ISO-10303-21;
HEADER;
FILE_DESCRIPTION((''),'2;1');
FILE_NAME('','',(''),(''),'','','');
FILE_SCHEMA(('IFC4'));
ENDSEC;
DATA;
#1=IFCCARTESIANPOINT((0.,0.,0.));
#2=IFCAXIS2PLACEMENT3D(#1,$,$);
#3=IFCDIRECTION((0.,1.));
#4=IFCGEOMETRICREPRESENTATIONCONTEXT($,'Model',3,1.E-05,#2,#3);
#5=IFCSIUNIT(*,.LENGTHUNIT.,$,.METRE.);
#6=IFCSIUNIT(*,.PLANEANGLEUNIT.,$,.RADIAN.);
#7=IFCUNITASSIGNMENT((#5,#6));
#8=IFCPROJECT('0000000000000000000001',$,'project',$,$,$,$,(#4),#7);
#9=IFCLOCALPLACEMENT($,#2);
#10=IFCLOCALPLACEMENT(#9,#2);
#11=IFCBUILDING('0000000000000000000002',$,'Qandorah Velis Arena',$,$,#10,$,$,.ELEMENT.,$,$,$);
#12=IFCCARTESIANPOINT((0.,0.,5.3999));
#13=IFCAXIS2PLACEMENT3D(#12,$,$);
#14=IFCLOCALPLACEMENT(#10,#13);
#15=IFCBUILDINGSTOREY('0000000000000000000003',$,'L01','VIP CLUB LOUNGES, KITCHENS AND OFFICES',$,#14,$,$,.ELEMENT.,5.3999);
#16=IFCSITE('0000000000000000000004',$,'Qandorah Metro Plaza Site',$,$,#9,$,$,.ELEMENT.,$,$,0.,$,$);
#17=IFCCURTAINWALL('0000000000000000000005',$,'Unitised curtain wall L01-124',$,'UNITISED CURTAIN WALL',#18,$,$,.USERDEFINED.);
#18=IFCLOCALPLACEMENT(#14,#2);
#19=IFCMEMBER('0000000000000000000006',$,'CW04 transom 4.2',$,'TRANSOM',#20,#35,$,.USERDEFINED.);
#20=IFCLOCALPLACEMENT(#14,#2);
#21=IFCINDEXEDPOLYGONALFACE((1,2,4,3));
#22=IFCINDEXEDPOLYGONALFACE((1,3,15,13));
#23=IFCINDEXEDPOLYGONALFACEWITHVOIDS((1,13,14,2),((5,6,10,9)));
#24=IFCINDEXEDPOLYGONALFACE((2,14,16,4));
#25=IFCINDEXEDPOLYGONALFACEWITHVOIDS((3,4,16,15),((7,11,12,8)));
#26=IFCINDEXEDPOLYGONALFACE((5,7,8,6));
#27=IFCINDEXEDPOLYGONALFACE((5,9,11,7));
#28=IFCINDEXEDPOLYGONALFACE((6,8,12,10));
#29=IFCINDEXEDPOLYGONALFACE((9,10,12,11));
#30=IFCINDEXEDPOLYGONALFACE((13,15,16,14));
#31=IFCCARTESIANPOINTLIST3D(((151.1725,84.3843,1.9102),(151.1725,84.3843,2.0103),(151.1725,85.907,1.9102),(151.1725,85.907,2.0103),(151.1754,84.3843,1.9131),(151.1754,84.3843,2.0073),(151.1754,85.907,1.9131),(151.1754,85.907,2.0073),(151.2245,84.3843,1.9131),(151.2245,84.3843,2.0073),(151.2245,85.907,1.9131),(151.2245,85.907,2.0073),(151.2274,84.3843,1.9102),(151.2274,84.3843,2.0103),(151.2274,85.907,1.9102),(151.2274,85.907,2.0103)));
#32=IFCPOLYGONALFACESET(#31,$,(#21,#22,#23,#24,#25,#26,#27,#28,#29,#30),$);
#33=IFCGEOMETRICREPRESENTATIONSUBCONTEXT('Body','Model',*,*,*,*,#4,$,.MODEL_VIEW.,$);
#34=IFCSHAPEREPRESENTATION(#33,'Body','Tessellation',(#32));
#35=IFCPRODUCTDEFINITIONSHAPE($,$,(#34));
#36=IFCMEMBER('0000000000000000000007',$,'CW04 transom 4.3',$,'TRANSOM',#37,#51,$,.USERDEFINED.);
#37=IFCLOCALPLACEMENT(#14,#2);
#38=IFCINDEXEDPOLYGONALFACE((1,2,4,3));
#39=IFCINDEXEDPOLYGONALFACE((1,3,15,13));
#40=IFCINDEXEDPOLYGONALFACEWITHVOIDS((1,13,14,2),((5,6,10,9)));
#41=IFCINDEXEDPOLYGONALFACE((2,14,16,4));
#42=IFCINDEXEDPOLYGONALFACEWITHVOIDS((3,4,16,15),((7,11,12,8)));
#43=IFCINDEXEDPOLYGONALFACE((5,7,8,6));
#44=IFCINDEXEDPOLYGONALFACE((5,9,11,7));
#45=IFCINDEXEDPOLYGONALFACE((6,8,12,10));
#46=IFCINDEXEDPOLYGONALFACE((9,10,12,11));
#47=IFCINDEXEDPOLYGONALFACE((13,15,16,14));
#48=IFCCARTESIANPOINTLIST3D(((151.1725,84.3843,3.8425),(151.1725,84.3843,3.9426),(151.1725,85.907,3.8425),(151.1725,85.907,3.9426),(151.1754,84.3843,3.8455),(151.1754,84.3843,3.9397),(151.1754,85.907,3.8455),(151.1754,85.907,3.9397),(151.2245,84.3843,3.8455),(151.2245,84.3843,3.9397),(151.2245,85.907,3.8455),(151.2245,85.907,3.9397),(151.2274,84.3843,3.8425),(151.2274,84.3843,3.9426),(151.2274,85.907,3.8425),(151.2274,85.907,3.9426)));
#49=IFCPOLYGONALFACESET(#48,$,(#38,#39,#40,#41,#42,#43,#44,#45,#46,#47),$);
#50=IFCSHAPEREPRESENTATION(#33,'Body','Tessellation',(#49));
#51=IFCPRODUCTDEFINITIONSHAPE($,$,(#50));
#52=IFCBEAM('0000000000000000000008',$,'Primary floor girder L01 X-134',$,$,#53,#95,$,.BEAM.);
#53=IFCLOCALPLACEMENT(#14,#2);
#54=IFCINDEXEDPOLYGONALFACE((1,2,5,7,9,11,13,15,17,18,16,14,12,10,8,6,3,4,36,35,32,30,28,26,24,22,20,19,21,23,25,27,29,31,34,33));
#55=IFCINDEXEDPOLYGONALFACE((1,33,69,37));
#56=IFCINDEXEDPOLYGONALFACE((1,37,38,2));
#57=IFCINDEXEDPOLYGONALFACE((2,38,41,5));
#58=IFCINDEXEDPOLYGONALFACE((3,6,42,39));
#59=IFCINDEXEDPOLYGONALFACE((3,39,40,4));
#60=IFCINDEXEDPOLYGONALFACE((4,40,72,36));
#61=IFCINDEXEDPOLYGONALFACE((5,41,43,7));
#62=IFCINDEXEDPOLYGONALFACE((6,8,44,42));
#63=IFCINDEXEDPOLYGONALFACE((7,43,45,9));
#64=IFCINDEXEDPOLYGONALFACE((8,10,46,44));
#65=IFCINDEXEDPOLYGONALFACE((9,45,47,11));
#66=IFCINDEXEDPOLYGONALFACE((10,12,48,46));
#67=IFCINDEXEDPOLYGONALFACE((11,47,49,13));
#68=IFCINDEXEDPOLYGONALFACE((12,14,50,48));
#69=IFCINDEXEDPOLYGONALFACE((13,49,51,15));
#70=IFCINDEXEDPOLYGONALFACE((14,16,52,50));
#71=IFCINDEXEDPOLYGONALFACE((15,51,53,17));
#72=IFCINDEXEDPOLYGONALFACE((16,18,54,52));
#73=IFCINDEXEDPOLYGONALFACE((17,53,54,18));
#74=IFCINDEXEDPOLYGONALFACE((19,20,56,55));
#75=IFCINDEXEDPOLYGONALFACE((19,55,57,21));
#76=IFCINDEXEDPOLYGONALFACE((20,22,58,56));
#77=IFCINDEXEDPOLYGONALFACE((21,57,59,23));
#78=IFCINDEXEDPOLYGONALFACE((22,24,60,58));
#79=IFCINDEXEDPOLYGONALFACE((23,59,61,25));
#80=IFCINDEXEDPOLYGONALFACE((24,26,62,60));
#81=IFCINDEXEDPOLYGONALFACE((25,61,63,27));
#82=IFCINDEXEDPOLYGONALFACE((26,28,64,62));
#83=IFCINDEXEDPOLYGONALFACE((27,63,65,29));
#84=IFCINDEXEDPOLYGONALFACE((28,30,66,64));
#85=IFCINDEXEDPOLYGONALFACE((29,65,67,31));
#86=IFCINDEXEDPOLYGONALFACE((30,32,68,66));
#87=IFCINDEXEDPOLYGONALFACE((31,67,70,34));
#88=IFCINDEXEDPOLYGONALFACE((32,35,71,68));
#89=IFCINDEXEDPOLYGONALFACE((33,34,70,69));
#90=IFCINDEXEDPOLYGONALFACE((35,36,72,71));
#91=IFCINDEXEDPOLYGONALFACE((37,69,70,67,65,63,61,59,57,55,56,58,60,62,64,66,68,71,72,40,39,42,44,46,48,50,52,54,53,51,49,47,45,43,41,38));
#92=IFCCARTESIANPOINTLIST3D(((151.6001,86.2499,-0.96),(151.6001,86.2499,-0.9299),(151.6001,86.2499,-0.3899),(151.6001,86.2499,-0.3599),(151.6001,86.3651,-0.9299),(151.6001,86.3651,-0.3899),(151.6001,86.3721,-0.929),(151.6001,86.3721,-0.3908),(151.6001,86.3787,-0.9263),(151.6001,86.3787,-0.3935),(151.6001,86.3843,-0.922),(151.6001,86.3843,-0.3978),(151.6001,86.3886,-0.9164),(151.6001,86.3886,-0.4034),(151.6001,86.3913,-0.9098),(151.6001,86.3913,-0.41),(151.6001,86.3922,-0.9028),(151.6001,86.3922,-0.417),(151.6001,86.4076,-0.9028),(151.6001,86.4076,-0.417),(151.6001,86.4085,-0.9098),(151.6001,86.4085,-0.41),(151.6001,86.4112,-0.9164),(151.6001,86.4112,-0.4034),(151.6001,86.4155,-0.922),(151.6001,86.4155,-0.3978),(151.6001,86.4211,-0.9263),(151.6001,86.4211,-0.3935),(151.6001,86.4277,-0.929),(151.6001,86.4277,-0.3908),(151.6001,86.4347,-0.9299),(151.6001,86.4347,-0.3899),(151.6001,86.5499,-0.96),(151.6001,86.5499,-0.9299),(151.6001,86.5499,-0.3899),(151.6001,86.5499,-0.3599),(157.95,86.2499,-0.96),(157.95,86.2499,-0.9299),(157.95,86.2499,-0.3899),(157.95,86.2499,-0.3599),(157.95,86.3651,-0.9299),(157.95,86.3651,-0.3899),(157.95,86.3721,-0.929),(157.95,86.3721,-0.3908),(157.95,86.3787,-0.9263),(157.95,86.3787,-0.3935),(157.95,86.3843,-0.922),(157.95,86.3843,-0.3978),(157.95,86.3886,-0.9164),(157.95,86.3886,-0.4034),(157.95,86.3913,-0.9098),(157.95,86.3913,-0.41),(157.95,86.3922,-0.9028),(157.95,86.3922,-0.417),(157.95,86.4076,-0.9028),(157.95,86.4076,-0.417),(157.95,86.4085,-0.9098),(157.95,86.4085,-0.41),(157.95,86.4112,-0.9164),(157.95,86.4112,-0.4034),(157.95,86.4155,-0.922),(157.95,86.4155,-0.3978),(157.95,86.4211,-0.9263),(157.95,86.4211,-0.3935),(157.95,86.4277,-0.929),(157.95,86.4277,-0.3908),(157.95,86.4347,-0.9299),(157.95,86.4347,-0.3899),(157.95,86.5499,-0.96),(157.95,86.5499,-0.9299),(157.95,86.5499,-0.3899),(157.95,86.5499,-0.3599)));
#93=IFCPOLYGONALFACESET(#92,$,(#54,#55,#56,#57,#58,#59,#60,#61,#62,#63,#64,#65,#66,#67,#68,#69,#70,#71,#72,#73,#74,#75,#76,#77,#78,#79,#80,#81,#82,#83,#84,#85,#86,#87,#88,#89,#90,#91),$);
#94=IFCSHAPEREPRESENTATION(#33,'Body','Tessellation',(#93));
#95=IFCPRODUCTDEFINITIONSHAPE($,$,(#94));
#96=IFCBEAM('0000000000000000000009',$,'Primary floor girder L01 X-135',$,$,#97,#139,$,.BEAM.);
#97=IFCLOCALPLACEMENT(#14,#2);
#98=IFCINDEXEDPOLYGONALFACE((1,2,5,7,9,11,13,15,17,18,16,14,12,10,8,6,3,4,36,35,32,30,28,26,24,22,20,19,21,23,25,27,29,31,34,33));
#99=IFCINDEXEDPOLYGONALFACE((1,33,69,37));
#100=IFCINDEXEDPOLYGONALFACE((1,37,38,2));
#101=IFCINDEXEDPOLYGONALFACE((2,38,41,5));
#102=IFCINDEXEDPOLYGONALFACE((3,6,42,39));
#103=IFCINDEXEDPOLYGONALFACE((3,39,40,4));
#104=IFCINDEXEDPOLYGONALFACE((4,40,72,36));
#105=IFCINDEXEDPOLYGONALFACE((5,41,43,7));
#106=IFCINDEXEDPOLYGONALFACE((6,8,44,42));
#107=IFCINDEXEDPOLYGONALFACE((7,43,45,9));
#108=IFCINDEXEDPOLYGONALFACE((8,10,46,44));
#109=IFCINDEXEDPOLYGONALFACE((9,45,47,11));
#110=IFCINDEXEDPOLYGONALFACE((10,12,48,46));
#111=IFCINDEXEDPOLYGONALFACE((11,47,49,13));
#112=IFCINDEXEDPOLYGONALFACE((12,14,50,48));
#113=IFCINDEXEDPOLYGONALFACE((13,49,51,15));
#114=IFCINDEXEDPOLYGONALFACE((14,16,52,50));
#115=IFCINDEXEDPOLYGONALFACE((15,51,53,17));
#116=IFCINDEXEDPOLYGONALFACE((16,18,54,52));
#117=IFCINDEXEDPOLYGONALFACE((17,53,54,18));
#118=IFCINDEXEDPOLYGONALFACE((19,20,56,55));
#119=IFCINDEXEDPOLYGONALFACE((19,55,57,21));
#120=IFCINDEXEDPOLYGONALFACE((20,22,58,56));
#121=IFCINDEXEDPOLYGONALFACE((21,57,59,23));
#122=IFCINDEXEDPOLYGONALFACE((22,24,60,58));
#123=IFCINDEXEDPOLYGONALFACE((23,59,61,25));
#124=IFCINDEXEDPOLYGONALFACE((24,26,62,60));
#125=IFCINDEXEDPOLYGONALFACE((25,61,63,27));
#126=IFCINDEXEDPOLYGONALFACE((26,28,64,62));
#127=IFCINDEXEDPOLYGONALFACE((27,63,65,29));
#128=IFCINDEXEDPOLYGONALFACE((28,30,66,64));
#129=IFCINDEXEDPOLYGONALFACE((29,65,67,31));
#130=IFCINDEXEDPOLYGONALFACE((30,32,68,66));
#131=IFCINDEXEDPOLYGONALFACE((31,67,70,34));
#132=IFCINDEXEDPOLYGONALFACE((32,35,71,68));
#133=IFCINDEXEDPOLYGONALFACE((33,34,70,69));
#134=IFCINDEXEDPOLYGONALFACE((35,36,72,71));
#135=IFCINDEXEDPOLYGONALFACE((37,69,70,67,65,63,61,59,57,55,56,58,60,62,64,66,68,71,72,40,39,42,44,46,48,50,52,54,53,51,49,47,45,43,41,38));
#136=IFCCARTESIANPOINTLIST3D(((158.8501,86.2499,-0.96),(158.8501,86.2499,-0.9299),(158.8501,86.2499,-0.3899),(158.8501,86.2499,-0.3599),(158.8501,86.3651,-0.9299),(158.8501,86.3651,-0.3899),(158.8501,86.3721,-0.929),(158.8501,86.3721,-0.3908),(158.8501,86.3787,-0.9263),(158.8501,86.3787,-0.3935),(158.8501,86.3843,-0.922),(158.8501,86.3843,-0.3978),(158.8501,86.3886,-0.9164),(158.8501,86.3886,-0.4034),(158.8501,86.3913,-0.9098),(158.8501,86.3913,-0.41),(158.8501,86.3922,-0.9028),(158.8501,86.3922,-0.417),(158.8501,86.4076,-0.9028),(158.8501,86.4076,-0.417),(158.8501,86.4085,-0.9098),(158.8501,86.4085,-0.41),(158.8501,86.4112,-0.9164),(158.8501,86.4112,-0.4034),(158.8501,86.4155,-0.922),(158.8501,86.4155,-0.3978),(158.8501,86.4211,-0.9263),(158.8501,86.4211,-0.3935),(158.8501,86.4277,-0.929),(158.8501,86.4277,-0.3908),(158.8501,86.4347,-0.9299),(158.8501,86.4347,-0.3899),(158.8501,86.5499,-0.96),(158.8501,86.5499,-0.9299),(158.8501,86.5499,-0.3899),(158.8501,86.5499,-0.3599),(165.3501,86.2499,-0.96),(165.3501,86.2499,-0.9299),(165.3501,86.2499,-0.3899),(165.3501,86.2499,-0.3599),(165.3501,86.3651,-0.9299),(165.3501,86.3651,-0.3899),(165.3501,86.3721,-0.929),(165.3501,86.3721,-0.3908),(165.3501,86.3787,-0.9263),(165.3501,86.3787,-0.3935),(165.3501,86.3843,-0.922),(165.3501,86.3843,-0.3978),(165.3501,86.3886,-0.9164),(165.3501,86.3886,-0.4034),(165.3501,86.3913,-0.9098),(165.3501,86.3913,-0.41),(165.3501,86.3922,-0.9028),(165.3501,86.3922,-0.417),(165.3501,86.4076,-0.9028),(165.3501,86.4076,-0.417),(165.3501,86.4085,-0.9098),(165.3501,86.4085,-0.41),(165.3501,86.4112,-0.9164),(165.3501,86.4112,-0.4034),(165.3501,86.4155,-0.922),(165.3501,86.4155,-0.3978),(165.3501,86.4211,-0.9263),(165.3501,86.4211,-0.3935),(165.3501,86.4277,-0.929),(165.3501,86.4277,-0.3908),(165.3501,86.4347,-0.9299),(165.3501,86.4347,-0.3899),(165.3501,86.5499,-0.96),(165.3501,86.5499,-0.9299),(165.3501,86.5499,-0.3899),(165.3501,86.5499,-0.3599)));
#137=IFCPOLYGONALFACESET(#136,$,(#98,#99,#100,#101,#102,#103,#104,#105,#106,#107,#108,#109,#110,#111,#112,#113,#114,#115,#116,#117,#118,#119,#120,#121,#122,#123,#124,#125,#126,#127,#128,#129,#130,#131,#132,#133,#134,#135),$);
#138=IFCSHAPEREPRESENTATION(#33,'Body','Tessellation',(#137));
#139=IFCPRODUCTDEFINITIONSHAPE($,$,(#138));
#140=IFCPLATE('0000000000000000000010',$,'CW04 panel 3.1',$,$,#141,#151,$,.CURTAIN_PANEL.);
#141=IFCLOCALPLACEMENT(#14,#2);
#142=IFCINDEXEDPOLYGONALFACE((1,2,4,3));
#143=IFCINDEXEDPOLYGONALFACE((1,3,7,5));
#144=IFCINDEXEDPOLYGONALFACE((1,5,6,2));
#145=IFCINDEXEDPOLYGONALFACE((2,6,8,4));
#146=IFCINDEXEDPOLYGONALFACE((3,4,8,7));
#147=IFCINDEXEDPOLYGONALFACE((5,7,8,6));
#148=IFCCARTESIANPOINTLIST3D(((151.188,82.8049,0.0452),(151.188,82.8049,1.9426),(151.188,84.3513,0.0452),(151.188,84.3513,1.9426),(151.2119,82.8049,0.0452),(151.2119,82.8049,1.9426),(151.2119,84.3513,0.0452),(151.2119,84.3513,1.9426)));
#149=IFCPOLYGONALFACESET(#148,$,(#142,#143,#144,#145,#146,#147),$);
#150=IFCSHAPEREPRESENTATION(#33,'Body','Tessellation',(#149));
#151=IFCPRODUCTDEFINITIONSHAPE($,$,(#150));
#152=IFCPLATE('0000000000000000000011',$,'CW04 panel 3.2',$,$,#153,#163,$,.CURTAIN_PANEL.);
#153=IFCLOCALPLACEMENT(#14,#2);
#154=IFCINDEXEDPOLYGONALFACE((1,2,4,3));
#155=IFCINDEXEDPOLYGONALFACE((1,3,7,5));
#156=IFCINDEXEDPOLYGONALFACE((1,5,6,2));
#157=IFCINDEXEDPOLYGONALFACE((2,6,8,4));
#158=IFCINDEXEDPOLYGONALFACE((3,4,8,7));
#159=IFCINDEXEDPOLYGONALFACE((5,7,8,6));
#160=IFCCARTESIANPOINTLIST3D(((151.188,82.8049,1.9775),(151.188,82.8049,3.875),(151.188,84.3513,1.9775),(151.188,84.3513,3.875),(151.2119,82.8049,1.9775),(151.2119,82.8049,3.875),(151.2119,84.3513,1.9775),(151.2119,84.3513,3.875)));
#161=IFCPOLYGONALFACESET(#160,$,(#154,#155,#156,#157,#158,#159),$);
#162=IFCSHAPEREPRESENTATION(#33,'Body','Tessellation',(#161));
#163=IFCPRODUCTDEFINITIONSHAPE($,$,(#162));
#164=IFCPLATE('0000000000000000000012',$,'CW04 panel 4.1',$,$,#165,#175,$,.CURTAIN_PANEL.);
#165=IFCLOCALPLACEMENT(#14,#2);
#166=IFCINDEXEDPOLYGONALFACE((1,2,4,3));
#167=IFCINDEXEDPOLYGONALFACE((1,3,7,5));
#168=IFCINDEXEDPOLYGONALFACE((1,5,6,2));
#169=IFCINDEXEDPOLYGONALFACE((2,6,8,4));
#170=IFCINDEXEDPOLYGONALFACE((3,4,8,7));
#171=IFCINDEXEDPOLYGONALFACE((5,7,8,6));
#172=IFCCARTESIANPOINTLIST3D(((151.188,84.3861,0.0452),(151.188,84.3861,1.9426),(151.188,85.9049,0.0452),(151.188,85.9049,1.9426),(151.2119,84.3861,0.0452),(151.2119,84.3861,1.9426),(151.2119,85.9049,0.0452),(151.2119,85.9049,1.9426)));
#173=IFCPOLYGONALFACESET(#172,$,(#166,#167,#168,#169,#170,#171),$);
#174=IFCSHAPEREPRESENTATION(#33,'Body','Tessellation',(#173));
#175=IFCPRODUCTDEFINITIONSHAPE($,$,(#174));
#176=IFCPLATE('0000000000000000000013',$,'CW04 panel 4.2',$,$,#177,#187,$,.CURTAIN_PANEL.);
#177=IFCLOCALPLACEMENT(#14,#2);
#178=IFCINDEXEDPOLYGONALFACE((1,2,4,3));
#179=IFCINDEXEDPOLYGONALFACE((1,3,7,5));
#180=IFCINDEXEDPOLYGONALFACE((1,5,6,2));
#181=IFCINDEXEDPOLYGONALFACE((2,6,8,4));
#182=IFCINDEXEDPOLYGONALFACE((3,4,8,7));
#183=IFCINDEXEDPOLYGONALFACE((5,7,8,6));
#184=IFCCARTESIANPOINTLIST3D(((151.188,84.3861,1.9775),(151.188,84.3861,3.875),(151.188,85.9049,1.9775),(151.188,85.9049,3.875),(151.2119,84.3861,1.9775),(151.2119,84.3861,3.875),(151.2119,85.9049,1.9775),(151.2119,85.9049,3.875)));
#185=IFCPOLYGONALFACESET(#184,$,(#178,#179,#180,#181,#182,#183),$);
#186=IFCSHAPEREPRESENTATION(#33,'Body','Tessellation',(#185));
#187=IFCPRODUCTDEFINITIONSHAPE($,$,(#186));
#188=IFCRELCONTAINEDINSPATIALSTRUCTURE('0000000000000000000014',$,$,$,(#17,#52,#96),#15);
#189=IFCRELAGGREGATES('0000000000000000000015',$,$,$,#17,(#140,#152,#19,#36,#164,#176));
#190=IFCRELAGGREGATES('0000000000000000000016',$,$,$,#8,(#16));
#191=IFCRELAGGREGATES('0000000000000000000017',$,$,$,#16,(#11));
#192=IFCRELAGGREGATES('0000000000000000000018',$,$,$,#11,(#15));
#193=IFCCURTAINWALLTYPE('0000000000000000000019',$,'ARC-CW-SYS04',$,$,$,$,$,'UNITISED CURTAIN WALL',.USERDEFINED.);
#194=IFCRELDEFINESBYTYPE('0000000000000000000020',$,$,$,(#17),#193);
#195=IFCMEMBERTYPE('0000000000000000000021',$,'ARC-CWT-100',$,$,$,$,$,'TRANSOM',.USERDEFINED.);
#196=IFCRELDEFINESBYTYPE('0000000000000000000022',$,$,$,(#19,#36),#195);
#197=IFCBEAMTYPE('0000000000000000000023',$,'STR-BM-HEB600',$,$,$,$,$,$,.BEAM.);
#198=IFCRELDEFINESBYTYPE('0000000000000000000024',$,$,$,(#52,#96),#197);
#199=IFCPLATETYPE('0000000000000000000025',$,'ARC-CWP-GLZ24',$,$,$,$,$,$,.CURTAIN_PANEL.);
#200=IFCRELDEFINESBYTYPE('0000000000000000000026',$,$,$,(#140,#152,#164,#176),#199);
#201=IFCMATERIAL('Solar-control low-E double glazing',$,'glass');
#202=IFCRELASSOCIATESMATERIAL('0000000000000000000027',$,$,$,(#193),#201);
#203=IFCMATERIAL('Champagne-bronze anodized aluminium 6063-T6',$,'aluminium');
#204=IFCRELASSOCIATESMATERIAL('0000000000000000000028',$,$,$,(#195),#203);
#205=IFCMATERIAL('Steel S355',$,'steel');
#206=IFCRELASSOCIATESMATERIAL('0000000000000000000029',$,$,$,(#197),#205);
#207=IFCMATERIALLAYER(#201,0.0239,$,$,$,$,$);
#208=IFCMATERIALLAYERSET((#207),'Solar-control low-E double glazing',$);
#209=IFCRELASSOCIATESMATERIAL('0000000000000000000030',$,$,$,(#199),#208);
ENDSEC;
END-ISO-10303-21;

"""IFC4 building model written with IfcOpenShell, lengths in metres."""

from ifc_helpers import new_model, si_unit, direction, frame, origin, origin_2d, place, context, subcontext, project, spatial, rectangle, hollow_rectangle, i_section, extrude, material, layer, layer_set, material_profile, profile_set, type_object, element, aggregate, save


model = new_model("IFC4")

# Units and contexts
model_context = context("Model", 3, precision=1e-05, world=origin(), true_north=direction((0.0, 1.0)))
body_context = subcontext(model_context, "Body", "Model", "MODEL_VIEW")
ifc_project = project(units=[si_unit("LENGTHUNIT", "METRE"), si_unit("PLANEANGLEUNIT", "RADIAN")], contexts=[model_context])

# Site, building, storey
site_placement = place(None, origin())
site = spatial("IfcSite", under=ifc_project, at=site_placement, Name="Qandorah Metro Plaza Site", CompositionType="ELEMENT", RefElevation=0.0)
building_placement = place(site_placement, origin())
building = spatial("IfcBuilding", under=site, at=building_placement, Name="Qandorah Velis Arena", CompositionType="ELEMENT")
storey_placement = place(building_placement, frame((0.0, 0.0, 5.3999)))
storey = spatial("IfcBuildingStorey", under=building, at=storey_placement, Name="L01", Description="VIP CLUB LOUNGES, KITCHENS AND OFFICES", CompositionType="ELEMENT", Elevation=5.3999)

# Curtain wall, members
ifc_material_1 = material(Name="Solar-control low-E double glazing", Category="glass")
curtain_wall_type = type_object("IfcCurtainWallType", Name="ARC-CW-SYS04", ElementType="UNITISED CURTAIN WALL", PredefinedType="USERDEFINED", material=ifc_material_1)
curtain_wall_placement = place(storey_placement, origin())
curtain_wall = element("IfcCurtainWall", 1, at=curtain_wall_placement, inside=storey, type_object=curtain_wall_type, Name="Unitised curtain wall L01-124", ObjectType="UNITISED CURTAIN WALL", PredefinedType="USERDEFINED")
ifc_material_2 = material(Name="Champagne-bronze anodized aluminium 6063-T6", Category="aluminium")
ifc_material_profile_1 = material_profile(ifc_material_2, hollow_rectangle(XDim=0.0549, YDim=0.1001, WallThickness=0.0029, at=origin_2d()), Name="ALU TRANSOM 55x100")
ifc_profile_set_1 = profile_set([ifc_material_profile_1], Name="Champagne-bronze anodized aluminium 6063-T6")
member_type_1 = type_object("IfcMemberType", Name="ARC-CWT-100", ElementType="TRANSOM", PredefinedType="USERDEFINED", material=ifc_profile_set_1)
member_1_placement = place(storey_placement, frame((151.2, 84.3843, 1.9602), z_axis=(0.0, 1.0, 0.0), x_axis=(-1.0, 0.0, 0.0)))
member_1 = element("IfcMember", 2, at=member_1_placement, type_object=member_type_1, Name="CW04 transom 4.2", ObjectType="TRANSOM", PredefinedType="USERDEFINED", context=body_context, shape_type="SweptSolid", body=[
    extrude(hollow_rectangle(XDim=0.0549, YDim=0.1001, WallThickness=0.0029, at=origin_2d()), origin(), (0.0, 0.0, 1.0), 1.5227),
])
member_2_placement = place(storey_placement, frame((151.2, 84.3843, 3.8926), z_axis=(0.0, 1.0, 0.0), x_axis=(-1.0, 0.0, 0.0)))
member_2 = element("IfcMember", 3, at=member_2_placement, type_object=member_type_1, Name="CW04 transom 4.3", ObjectType="TRANSOM", PredefinedType="USERDEFINED", context=body_context, shape_type="SweptSolid", body=[
    extrude(hollow_rectangle(XDim=0.0549, YDim=0.1001, WallThickness=0.0029, at=origin_2d()), origin(), (0.0, 0.0, 1.0), 1.5227),
])

# Beams
ifc_material_3 = material(Name="Steel S355", Category="steel")
ifc_material_profile_2 = material_profile(ifc_material_3, i_section(OverallWidth=0.3, OverallDepth=0.6001, WebThickness=0.0154, FlangeThickness=0.03, FilletRadius=0.0271, at=origin_2d()), Name="HEB 600")
ifc_profile_set_2 = profile_set([ifc_material_profile_2], Name="Steel S355")
beam_type = type_object("IfcBeamType", Name="STR-BM-HEB600", PredefinedType="BEAM", material=ifc_profile_set_2)
beam_1_placement = place(storey_placement, frame((151.6001, 86.3999, -0.6599), z_axis=(1.0, 0.0, 0.0), x_axis=(0.0, 1.0, 0.0)))
element("IfcBeam", 4, at=beam_1_placement, inside=storey, type_object=beam_type, Name="Primary floor girder L01 X-134", PredefinedType="BEAM", context=body_context, shape_type="SweptSolid", body=[
    extrude(i_section(OverallWidth=0.3, OverallDepth=0.6001, WebThickness=0.0154, FlangeThickness=0.03, FilletRadius=0.0271, at=origin_2d()), origin(), (0.0, 0.0, 1.0), 6.3499),
])
beam_2_placement = place(storey_placement, frame((158.8501, 86.3999, -0.6599), z_axis=(1.0, 0.0, 0.0), x_axis=(0.0, 1.0, 0.0)))
element("IfcBeam", 5, at=beam_2_placement, inside=storey, type_object=beam_type, Name="Primary floor girder L01 X-135", PredefinedType="BEAM", context=body_context, shape_type="SweptSolid", body=[
    extrude(i_section(OverallWidth=0.3, OverallDepth=0.6001, WebThickness=0.0154, FlangeThickness=0.03, FilletRadius=0.0271, at=origin_2d()), origin(), (0.0, 0.0, 1.0), 6.5),
])

# Plates
ifc_layer_1 = layer(ifc_material_1, 0.0239)
ifc_layer_set_1 = layer_set([ifc_layer_1], Name="Solar-control low-E double glazing")
plate_type = type_object("IfcPlateType", Name="ARC-CWP-GLZ24", PredefinedType="CURTAIN_PANEL", material=ifc_layer_set_1)
plate_1_placement = place(storey_placement, frame((151.2, 83.5781, 0.0452), z_axis=(0.0, 0.0, 1.0), x_axis=(0.0, 1.0, 0.0)))
plate_1 = element("IfcPlate", 6, at=plate_1_placement, type_object=plate_type, Name="CW04 panel 3.1", PredefinedType="CURTAIN_PANEL", context=body_context, shape_type="SweptSolid", body=[
    extrude(rectangle(XDim=1.5464, YDim=0.0239, at=origin_2d()), origin(), (0.0, 0.0, 1.0), 1.8975),
])
plate_2_placement = place(storey_placement, frame((151.2, 83.5781, 1.9775), z_axis=(0.0, 0.0, 1.0), x_axis=(0.0, 1.0, 0.0)))
plate_2 = element("IfcPlate", 7, at=plate_2_placement, type_object=plate_type, Name="CW04 panel 3.2", PredefinedType="CURTAIN_PANEL", context=body_context, shape_type="SweptSolid", body=[
    extrude(rectangle(XDim=1.5464, YDim=0.0239, at=origin_2d()), origin(), (0.0, 0.0, 1.0), 1.8975),
])
plate_3_placement = place(storey_placement, frame((151.2, 85.1455, 0.0452), z_axis=(0.0, 0.0, 1.0), x_axis=(0.0, 1.0, 0.0)))
plate_3 = element("IfcPlate", 8, at=plate_3_placement, type_object=plate_type, Name="CW04 panel 4.1", PredefinedType="CURTAIN_PANEL", context=body_context, shape_type="SweptSolid", body=[
    extrude(rectangle(XDim=1.5188, YDim=0.0239, at=origin_2d()), origin(), (0.0, 0.0, 1.0), 1.8975),
])
plate_4_placement = place(storey_placement, frame((151.2, 85.1455, 1.9775), z_axis=(0.0, 0.0, 1.0), x_axis=(0.0, 1.0, 0.0)))
plate_4 = element("IfcPlate", 9, at=plate_4_placement, type_object=plate_type, Name="CW04 panel 4.2", PredefinedType="CURTAIN_PANEL", context=body_context, shape_type="SweptSolid", body=[
    extrude(rectangle(XDim=1.5188, YDim=0.0239, at=origin_2d()), origin(), (0.0, 0.0, 1.0), 1.8975),
])
aggregate(curtain_wall, [plate_1, plate_2, member_1, member_2, plate_3, plate_4])

save(model, "model.ifc")
